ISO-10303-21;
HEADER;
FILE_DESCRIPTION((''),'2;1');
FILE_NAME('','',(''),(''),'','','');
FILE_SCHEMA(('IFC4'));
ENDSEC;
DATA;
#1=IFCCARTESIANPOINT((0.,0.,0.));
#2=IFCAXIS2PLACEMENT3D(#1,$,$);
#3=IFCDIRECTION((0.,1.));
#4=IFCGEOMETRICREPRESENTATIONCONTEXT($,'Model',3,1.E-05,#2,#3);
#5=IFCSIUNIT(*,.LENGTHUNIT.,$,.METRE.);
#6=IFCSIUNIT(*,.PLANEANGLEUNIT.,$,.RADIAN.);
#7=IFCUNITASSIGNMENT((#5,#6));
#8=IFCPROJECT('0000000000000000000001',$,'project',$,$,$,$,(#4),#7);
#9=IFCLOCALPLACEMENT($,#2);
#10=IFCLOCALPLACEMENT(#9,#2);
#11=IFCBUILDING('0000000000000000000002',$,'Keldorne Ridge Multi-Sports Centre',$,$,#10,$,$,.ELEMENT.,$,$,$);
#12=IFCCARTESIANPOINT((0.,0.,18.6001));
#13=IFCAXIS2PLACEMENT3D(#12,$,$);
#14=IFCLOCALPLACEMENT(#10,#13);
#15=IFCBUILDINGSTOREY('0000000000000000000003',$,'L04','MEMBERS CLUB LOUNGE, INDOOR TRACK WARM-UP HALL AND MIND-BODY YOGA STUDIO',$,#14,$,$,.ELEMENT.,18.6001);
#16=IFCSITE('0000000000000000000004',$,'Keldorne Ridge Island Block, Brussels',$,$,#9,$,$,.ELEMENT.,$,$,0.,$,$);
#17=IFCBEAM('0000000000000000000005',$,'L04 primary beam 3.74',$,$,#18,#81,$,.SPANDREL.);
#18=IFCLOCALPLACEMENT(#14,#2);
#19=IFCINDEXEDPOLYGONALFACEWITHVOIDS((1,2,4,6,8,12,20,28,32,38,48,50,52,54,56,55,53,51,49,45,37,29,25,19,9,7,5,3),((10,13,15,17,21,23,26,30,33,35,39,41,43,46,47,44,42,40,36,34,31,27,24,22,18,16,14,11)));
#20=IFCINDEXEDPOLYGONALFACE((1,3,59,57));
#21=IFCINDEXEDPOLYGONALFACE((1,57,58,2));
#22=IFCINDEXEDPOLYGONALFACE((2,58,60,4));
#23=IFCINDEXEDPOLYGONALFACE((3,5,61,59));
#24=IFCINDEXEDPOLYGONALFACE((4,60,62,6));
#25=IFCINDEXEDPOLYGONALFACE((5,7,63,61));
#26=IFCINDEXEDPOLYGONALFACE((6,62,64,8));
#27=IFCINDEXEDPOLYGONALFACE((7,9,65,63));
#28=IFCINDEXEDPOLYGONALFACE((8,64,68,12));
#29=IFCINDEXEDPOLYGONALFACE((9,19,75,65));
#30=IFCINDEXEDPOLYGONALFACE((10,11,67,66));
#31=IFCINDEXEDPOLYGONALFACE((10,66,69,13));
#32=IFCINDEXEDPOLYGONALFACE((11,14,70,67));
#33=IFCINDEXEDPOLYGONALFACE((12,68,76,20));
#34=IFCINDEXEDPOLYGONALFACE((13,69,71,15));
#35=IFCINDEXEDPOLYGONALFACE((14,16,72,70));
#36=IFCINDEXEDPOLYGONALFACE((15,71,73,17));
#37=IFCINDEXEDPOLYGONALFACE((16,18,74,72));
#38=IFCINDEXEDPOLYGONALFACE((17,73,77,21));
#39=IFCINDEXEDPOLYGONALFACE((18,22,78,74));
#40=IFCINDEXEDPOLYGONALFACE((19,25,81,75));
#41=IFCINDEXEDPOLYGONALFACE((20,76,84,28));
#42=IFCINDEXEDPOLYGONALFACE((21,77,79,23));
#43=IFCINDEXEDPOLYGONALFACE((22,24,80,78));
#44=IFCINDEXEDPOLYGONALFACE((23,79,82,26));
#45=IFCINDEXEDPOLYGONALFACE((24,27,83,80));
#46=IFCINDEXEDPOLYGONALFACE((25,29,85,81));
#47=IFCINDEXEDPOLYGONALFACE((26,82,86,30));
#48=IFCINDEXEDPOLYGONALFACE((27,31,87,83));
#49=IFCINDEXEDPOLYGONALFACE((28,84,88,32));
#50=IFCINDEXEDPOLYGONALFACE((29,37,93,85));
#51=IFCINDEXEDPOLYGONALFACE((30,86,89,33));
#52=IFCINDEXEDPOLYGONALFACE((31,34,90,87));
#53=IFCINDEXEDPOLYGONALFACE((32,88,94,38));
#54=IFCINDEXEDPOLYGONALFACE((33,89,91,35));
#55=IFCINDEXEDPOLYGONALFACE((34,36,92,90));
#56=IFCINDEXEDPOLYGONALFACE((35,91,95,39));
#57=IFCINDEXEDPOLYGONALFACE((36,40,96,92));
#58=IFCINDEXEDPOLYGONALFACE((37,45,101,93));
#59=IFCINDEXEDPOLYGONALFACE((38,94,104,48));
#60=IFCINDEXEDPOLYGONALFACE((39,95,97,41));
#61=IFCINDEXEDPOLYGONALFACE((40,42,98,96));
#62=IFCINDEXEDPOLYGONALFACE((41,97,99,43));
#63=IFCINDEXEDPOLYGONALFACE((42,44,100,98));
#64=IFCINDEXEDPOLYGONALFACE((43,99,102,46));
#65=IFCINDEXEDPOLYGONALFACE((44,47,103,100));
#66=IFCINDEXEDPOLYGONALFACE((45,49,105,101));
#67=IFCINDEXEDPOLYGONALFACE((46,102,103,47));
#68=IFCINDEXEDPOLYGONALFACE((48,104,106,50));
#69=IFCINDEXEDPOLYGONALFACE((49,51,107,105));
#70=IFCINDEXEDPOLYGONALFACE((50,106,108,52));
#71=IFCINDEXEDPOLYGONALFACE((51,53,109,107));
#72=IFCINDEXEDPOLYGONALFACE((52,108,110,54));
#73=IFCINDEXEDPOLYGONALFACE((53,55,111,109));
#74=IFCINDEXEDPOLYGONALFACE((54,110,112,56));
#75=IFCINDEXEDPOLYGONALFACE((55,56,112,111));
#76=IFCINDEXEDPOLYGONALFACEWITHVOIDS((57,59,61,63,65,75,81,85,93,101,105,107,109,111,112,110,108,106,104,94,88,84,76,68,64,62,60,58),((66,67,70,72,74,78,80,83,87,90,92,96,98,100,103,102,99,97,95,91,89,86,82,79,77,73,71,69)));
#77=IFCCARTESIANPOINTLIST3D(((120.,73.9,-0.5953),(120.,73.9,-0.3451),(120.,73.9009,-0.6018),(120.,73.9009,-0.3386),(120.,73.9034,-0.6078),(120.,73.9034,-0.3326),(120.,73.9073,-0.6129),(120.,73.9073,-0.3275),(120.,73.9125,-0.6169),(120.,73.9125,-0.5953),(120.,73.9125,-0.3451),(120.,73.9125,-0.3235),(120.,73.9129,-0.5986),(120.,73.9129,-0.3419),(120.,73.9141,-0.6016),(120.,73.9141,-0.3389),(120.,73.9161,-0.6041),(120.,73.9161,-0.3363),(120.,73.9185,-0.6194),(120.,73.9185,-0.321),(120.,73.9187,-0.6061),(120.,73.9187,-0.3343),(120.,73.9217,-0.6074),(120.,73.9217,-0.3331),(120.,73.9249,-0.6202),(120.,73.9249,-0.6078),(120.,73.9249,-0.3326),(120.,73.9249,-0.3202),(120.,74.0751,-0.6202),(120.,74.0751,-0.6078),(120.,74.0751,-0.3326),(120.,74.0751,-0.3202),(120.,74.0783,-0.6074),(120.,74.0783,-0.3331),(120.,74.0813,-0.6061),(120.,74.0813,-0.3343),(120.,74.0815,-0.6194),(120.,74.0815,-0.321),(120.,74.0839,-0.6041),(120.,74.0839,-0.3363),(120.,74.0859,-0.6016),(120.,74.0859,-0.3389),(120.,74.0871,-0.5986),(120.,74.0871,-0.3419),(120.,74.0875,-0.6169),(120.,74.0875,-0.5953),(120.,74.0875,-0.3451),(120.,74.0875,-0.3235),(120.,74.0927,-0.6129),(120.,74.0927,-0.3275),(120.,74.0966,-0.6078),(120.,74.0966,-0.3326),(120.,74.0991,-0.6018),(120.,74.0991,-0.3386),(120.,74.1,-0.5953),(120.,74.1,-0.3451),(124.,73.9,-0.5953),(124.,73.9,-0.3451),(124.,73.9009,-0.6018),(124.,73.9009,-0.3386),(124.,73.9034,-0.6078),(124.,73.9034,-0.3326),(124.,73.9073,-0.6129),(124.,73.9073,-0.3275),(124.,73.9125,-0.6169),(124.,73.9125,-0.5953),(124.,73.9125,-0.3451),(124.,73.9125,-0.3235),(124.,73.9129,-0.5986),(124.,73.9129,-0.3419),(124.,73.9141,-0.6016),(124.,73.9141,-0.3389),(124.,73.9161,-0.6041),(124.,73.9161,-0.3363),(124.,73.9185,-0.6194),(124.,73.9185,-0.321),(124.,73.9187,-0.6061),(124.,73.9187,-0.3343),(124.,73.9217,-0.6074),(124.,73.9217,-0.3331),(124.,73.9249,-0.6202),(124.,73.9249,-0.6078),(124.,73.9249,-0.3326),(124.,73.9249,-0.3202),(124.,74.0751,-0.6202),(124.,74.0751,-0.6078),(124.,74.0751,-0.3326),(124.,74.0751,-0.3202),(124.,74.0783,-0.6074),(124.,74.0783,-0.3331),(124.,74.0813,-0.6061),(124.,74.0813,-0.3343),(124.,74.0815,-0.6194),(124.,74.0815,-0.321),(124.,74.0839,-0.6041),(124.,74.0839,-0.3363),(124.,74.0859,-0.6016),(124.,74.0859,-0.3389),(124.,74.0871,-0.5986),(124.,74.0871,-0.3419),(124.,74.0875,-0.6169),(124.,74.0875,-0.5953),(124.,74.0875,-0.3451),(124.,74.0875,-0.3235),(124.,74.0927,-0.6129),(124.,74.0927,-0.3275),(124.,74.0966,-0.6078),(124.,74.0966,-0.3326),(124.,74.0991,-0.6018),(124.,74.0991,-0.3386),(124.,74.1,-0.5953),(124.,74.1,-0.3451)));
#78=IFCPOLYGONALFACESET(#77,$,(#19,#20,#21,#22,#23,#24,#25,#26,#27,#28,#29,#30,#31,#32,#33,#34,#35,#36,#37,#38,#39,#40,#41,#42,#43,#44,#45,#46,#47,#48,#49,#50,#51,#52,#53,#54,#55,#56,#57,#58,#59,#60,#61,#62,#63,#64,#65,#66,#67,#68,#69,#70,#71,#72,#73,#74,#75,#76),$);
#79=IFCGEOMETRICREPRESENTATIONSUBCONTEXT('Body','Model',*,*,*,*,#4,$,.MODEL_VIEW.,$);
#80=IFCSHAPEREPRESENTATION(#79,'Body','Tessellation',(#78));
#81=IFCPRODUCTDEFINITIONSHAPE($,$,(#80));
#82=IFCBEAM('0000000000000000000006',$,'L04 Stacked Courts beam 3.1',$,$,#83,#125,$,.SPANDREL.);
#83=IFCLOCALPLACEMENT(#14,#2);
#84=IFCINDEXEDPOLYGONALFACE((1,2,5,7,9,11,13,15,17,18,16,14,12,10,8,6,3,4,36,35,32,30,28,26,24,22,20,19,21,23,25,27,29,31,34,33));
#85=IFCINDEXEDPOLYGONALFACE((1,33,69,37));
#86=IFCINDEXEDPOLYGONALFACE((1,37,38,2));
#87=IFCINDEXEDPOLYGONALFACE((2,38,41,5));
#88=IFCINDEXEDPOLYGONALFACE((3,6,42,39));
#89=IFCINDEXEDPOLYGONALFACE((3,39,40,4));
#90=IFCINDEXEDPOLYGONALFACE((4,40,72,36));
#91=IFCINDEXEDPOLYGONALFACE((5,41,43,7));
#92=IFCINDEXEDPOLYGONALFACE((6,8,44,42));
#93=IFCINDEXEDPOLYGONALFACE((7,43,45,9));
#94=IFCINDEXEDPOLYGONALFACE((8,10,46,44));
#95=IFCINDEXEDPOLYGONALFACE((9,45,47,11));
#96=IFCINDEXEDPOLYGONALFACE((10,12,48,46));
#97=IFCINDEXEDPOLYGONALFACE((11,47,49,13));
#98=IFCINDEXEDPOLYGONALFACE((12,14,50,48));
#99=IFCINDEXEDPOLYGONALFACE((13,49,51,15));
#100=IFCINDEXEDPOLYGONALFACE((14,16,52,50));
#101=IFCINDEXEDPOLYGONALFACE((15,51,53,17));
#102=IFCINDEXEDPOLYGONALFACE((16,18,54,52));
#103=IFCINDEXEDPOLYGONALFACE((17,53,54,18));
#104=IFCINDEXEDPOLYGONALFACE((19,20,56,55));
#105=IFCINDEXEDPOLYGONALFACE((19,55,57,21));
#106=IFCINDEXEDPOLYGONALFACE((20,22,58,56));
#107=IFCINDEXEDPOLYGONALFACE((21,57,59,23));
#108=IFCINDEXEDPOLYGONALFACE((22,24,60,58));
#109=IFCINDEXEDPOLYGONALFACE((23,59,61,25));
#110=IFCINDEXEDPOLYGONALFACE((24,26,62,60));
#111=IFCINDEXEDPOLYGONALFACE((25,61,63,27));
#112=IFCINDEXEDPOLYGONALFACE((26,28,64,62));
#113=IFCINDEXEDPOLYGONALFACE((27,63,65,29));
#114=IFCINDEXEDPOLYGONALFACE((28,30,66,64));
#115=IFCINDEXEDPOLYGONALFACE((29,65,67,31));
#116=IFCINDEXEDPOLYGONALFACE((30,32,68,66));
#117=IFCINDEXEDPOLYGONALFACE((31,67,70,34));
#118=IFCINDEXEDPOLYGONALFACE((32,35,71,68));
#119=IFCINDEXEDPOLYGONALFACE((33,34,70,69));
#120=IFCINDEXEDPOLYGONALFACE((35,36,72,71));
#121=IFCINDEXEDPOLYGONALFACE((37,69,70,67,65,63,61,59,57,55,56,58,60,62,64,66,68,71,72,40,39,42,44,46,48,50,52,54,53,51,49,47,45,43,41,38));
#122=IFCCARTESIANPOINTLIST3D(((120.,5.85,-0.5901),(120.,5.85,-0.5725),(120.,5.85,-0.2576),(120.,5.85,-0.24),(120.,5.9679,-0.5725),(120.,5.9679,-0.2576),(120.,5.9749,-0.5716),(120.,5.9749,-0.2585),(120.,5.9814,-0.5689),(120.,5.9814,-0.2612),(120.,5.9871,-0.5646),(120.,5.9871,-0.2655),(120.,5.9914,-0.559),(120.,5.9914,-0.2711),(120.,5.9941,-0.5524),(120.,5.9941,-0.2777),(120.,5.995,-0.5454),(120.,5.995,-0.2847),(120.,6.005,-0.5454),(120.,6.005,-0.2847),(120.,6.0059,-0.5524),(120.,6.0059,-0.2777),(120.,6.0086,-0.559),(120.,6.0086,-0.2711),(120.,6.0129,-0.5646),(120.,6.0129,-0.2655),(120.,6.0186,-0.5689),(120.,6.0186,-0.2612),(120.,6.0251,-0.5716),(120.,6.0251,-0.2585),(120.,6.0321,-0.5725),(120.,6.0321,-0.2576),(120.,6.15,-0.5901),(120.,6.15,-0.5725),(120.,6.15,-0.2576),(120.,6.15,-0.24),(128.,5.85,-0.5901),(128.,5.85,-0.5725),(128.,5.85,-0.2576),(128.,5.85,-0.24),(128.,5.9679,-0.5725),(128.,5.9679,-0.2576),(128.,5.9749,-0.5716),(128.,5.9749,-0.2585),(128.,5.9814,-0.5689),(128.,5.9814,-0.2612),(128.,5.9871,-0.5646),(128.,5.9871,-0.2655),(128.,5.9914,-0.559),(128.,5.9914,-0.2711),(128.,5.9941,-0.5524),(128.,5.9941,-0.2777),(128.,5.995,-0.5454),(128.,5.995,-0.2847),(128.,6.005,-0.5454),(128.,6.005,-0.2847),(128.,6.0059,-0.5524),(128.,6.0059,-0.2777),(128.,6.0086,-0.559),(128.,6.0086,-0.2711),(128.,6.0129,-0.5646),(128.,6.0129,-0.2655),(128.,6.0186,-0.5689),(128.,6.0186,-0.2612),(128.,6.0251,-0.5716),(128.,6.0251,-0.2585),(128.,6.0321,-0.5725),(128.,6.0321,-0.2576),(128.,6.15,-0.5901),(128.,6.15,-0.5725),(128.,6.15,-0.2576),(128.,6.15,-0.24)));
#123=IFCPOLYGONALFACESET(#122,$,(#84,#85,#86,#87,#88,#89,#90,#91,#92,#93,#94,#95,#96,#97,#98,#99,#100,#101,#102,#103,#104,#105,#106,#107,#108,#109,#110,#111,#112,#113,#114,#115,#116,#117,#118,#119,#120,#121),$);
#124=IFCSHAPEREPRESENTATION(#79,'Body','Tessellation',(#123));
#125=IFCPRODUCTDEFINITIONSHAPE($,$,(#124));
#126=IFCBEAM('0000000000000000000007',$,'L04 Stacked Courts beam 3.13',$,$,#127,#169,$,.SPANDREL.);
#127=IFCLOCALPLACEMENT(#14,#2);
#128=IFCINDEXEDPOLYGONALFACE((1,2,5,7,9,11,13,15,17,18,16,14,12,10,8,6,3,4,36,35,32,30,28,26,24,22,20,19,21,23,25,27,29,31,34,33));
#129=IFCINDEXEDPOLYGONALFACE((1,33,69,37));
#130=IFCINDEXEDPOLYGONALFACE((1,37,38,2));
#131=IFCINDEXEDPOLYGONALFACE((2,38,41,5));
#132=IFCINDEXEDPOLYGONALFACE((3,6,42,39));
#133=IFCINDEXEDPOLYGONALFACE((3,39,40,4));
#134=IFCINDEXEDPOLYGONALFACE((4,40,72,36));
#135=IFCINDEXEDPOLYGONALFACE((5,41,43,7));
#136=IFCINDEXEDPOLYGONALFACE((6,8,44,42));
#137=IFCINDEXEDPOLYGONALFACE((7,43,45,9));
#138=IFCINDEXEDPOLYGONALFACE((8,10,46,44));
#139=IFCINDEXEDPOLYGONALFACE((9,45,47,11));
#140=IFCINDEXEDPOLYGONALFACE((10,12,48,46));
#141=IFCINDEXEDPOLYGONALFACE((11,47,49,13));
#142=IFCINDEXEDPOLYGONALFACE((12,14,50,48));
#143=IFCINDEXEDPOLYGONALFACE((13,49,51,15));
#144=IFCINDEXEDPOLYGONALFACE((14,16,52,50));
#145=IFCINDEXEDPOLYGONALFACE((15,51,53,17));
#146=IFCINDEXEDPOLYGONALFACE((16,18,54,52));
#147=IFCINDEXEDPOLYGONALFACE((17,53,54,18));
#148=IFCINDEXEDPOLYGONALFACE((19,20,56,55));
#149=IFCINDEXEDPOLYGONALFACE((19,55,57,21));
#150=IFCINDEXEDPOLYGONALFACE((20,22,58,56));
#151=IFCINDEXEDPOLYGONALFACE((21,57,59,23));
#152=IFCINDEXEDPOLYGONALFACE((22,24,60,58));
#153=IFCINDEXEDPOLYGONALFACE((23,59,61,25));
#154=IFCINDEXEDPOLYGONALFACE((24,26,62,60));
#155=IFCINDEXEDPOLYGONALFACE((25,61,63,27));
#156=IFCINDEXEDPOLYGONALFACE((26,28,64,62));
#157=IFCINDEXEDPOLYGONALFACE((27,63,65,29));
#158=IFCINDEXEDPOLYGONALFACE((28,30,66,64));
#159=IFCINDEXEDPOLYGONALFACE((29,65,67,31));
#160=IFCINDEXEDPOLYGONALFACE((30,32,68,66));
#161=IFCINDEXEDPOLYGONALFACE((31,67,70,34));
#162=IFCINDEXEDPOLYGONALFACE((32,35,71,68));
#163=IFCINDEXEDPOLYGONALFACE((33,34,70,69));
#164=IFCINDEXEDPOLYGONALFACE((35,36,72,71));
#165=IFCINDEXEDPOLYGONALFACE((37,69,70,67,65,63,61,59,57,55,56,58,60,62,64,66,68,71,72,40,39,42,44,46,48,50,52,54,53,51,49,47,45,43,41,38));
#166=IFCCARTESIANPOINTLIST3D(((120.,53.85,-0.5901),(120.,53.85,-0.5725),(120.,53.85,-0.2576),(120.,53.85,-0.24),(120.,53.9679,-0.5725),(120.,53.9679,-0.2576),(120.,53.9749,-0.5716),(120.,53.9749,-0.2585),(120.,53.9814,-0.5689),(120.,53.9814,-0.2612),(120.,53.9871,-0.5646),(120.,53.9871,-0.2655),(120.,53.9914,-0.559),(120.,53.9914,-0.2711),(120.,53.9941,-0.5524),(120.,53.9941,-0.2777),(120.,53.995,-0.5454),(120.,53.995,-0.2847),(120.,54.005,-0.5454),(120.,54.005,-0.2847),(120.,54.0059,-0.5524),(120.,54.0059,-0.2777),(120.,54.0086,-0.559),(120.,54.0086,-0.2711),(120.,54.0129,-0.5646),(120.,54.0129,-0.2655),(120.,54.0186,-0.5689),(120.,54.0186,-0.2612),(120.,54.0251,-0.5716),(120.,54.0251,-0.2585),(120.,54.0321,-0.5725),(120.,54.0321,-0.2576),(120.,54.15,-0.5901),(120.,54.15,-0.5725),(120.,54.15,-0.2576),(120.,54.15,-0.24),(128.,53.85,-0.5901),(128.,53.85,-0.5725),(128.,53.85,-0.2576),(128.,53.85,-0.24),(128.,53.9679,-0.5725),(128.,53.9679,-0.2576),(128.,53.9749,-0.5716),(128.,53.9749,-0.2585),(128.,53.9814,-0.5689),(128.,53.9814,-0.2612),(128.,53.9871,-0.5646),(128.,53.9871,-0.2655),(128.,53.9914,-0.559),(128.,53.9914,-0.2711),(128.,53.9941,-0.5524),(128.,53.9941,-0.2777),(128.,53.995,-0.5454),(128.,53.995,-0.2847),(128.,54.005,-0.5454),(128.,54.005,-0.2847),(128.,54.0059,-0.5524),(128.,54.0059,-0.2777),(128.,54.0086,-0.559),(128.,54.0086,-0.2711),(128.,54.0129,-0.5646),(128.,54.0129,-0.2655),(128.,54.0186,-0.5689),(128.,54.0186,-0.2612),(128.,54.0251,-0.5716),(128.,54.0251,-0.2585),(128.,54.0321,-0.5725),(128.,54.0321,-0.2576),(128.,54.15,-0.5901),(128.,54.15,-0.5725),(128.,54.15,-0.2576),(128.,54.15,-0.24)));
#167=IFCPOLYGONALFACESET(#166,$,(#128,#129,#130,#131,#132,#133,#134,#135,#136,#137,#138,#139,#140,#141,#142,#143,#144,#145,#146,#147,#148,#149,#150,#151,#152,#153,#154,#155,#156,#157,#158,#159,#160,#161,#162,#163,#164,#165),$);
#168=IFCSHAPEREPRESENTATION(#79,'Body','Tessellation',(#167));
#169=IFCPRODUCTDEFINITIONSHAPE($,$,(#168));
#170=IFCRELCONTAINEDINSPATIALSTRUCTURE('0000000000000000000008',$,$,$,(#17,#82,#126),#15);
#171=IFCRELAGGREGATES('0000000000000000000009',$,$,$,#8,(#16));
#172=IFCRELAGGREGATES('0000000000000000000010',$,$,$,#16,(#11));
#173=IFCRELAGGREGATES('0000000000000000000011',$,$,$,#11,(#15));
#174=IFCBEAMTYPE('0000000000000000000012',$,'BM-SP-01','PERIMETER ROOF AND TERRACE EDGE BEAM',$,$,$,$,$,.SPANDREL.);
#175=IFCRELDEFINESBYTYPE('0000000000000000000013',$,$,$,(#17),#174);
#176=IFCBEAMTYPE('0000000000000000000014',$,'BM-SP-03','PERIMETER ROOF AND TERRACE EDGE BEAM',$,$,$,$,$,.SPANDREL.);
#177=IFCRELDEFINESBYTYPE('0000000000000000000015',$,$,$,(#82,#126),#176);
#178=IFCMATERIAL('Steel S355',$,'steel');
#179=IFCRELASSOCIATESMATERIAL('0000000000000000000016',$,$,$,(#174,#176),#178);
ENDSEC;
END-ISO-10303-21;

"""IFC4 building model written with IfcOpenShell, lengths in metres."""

from ifc_helpers import new_model, si_unit, direction, frame, origin, origin_2d, place, context, subcontext, project, spatial, hollow_rectangle, i_section, extrude, material, material_profile, profile_set, type_object, element, save


model = new_model("IFC4")

# Units and contexts
model_context = context("Model", 3, precision=1e-05, world=origin(), true_north=direction((0.0, 1.0)))
body_context = subcontext(model_context, "Body", "Model", "MODEL_VIEW")
ifc_project = project(units=[si_unit("LENGTHUNIT", "METRE"), si_unit("PLANEANGLEUNIT", "RADIAN")], contexts=[model_context])

# Site, building, storey
site_placement = place(None, origin())
site = spatial("IfcSite", under=ifc_project, at=site_placement, Name="Keldorne Ridge Island Block, Brussels", CompositionType="ELEMENT", RefElevation=0.0)
building_placement = place(site_placement, origin())
building = spatial("IfcBuilding", under=site, at=building_placement, Name="Keldorne Ridge Multi-Sports Centre", CompositionType="ELEMENT")
storey_placement = place(building_placement, frame((0.0, 0.0, 18.6001)))
storey = spatial("IfcBuildingStorey", under=building, at=storey_placement, Name="L04", Description="MEMBERS CLUB LOUNGE, INDOOR TRACK WARM-UP HALL AND MIND-BODY YOGA STUDIO", CompositionType="ELEMENT", Elevation=18.6001)

# Shared definitions
ifc_material_1 = material(Name="Steel S355", Category="steel")

# Beams
ifc_material_profile_1 = material_profile(ifc_material_1, hollow_rectangle(XDim=0.2, YDim=0.3, WallThickness=0.0125, InnerFilletRadius=0.0125, OuterFilletRadius=0.0249, at=origin_2d()), Name="RHS 300x200x12.5")
ifc_profile_set_1 = profile_set([ifc_material_profile_1], Name="Steel S355")
beam_type_1 = type_object("IfcBeamType", Name="BM-SP-01", Description="PERIMETER ROOF AND TERRACE EDGE BEAM", PredefinedType="SPANDREL", material=ifc_profile_set_1)
beam_1_placement = place(storey_placement, frame((120.0, 74.0, -0.4702), z_axis=(1.0, 0.0, 0.0), x_axis=(0.0, 1.0, 0.0)))
element("IfcBeam", 1, at=beam_1_placement, inside=storey, type_object=beam_type_1, Name="L04 primary beam 3.74", PredefinedType="SPANDREL", context=body_context, shape_type="SweptSolid", body=[
    extrude(hollow_rectangle(XDim=0.2, YDim=0.3, WallThickness=0.0125, InnerFilletRadius=0.0125, OuterFilletRadius=0.0249, at=origin_2d()), origin(), (0.0, 0.0, 1.0), 4.0),
])
ifc_material_profile_2 = material_profile(ifc_material_1, i_section(OverallWidth=0.3, OverallDepth=0.3501, WebThickness=0.01, FlangeThickness=0.0176, FilletRadius=0.0271, at=origin_2d()), Name="HEA 360")
ifc_profile_set_2 = profile_set([ifc_material_profile_2], Name="Steel S355")
beam_type_2 = type_object("IfcBeamType", Name="BM-SP-03", Description="PERIMETER ROOF AND TERRACE EDGE BEAM", PredefinedType="SPANDREL", material=ifc_profile_set_2)
for number, where, z_axis, x_axis, name in (
    (2, (120.0, 6.0, -0.415), (1.0, 0.0, 0.0), (0.0, 1.0, 0.0), "L04 Stacked Courts beam 3.1"),
    (3, (120.0, 54.0, -0.415), (1.0, 0.0, 0.0), (0.0, 1.0, 0.0), "L04 Stacked Courts beam 3.13"),
):
    element("IfcBeam", number, at=place(storey_placement, frame(where, z_axis=z_axis, x_axis=x_axis)), inside=storey, type_object=beam_type_2, Name=name, PredefinedType="SPANDREL", context=body_context, shape_type="SweptSolid", body=[
        extrude(i_section(OverallWidth=0.3, OverallDepth=0.3501, WebThickness=0.01, FlangeThickness=0.0176, FilletRadius=0.0271, at=origin_2d()), origin(), (0.0, 0.0, 1.0), 8.0),
    ])

save(model, "model.ifc")
